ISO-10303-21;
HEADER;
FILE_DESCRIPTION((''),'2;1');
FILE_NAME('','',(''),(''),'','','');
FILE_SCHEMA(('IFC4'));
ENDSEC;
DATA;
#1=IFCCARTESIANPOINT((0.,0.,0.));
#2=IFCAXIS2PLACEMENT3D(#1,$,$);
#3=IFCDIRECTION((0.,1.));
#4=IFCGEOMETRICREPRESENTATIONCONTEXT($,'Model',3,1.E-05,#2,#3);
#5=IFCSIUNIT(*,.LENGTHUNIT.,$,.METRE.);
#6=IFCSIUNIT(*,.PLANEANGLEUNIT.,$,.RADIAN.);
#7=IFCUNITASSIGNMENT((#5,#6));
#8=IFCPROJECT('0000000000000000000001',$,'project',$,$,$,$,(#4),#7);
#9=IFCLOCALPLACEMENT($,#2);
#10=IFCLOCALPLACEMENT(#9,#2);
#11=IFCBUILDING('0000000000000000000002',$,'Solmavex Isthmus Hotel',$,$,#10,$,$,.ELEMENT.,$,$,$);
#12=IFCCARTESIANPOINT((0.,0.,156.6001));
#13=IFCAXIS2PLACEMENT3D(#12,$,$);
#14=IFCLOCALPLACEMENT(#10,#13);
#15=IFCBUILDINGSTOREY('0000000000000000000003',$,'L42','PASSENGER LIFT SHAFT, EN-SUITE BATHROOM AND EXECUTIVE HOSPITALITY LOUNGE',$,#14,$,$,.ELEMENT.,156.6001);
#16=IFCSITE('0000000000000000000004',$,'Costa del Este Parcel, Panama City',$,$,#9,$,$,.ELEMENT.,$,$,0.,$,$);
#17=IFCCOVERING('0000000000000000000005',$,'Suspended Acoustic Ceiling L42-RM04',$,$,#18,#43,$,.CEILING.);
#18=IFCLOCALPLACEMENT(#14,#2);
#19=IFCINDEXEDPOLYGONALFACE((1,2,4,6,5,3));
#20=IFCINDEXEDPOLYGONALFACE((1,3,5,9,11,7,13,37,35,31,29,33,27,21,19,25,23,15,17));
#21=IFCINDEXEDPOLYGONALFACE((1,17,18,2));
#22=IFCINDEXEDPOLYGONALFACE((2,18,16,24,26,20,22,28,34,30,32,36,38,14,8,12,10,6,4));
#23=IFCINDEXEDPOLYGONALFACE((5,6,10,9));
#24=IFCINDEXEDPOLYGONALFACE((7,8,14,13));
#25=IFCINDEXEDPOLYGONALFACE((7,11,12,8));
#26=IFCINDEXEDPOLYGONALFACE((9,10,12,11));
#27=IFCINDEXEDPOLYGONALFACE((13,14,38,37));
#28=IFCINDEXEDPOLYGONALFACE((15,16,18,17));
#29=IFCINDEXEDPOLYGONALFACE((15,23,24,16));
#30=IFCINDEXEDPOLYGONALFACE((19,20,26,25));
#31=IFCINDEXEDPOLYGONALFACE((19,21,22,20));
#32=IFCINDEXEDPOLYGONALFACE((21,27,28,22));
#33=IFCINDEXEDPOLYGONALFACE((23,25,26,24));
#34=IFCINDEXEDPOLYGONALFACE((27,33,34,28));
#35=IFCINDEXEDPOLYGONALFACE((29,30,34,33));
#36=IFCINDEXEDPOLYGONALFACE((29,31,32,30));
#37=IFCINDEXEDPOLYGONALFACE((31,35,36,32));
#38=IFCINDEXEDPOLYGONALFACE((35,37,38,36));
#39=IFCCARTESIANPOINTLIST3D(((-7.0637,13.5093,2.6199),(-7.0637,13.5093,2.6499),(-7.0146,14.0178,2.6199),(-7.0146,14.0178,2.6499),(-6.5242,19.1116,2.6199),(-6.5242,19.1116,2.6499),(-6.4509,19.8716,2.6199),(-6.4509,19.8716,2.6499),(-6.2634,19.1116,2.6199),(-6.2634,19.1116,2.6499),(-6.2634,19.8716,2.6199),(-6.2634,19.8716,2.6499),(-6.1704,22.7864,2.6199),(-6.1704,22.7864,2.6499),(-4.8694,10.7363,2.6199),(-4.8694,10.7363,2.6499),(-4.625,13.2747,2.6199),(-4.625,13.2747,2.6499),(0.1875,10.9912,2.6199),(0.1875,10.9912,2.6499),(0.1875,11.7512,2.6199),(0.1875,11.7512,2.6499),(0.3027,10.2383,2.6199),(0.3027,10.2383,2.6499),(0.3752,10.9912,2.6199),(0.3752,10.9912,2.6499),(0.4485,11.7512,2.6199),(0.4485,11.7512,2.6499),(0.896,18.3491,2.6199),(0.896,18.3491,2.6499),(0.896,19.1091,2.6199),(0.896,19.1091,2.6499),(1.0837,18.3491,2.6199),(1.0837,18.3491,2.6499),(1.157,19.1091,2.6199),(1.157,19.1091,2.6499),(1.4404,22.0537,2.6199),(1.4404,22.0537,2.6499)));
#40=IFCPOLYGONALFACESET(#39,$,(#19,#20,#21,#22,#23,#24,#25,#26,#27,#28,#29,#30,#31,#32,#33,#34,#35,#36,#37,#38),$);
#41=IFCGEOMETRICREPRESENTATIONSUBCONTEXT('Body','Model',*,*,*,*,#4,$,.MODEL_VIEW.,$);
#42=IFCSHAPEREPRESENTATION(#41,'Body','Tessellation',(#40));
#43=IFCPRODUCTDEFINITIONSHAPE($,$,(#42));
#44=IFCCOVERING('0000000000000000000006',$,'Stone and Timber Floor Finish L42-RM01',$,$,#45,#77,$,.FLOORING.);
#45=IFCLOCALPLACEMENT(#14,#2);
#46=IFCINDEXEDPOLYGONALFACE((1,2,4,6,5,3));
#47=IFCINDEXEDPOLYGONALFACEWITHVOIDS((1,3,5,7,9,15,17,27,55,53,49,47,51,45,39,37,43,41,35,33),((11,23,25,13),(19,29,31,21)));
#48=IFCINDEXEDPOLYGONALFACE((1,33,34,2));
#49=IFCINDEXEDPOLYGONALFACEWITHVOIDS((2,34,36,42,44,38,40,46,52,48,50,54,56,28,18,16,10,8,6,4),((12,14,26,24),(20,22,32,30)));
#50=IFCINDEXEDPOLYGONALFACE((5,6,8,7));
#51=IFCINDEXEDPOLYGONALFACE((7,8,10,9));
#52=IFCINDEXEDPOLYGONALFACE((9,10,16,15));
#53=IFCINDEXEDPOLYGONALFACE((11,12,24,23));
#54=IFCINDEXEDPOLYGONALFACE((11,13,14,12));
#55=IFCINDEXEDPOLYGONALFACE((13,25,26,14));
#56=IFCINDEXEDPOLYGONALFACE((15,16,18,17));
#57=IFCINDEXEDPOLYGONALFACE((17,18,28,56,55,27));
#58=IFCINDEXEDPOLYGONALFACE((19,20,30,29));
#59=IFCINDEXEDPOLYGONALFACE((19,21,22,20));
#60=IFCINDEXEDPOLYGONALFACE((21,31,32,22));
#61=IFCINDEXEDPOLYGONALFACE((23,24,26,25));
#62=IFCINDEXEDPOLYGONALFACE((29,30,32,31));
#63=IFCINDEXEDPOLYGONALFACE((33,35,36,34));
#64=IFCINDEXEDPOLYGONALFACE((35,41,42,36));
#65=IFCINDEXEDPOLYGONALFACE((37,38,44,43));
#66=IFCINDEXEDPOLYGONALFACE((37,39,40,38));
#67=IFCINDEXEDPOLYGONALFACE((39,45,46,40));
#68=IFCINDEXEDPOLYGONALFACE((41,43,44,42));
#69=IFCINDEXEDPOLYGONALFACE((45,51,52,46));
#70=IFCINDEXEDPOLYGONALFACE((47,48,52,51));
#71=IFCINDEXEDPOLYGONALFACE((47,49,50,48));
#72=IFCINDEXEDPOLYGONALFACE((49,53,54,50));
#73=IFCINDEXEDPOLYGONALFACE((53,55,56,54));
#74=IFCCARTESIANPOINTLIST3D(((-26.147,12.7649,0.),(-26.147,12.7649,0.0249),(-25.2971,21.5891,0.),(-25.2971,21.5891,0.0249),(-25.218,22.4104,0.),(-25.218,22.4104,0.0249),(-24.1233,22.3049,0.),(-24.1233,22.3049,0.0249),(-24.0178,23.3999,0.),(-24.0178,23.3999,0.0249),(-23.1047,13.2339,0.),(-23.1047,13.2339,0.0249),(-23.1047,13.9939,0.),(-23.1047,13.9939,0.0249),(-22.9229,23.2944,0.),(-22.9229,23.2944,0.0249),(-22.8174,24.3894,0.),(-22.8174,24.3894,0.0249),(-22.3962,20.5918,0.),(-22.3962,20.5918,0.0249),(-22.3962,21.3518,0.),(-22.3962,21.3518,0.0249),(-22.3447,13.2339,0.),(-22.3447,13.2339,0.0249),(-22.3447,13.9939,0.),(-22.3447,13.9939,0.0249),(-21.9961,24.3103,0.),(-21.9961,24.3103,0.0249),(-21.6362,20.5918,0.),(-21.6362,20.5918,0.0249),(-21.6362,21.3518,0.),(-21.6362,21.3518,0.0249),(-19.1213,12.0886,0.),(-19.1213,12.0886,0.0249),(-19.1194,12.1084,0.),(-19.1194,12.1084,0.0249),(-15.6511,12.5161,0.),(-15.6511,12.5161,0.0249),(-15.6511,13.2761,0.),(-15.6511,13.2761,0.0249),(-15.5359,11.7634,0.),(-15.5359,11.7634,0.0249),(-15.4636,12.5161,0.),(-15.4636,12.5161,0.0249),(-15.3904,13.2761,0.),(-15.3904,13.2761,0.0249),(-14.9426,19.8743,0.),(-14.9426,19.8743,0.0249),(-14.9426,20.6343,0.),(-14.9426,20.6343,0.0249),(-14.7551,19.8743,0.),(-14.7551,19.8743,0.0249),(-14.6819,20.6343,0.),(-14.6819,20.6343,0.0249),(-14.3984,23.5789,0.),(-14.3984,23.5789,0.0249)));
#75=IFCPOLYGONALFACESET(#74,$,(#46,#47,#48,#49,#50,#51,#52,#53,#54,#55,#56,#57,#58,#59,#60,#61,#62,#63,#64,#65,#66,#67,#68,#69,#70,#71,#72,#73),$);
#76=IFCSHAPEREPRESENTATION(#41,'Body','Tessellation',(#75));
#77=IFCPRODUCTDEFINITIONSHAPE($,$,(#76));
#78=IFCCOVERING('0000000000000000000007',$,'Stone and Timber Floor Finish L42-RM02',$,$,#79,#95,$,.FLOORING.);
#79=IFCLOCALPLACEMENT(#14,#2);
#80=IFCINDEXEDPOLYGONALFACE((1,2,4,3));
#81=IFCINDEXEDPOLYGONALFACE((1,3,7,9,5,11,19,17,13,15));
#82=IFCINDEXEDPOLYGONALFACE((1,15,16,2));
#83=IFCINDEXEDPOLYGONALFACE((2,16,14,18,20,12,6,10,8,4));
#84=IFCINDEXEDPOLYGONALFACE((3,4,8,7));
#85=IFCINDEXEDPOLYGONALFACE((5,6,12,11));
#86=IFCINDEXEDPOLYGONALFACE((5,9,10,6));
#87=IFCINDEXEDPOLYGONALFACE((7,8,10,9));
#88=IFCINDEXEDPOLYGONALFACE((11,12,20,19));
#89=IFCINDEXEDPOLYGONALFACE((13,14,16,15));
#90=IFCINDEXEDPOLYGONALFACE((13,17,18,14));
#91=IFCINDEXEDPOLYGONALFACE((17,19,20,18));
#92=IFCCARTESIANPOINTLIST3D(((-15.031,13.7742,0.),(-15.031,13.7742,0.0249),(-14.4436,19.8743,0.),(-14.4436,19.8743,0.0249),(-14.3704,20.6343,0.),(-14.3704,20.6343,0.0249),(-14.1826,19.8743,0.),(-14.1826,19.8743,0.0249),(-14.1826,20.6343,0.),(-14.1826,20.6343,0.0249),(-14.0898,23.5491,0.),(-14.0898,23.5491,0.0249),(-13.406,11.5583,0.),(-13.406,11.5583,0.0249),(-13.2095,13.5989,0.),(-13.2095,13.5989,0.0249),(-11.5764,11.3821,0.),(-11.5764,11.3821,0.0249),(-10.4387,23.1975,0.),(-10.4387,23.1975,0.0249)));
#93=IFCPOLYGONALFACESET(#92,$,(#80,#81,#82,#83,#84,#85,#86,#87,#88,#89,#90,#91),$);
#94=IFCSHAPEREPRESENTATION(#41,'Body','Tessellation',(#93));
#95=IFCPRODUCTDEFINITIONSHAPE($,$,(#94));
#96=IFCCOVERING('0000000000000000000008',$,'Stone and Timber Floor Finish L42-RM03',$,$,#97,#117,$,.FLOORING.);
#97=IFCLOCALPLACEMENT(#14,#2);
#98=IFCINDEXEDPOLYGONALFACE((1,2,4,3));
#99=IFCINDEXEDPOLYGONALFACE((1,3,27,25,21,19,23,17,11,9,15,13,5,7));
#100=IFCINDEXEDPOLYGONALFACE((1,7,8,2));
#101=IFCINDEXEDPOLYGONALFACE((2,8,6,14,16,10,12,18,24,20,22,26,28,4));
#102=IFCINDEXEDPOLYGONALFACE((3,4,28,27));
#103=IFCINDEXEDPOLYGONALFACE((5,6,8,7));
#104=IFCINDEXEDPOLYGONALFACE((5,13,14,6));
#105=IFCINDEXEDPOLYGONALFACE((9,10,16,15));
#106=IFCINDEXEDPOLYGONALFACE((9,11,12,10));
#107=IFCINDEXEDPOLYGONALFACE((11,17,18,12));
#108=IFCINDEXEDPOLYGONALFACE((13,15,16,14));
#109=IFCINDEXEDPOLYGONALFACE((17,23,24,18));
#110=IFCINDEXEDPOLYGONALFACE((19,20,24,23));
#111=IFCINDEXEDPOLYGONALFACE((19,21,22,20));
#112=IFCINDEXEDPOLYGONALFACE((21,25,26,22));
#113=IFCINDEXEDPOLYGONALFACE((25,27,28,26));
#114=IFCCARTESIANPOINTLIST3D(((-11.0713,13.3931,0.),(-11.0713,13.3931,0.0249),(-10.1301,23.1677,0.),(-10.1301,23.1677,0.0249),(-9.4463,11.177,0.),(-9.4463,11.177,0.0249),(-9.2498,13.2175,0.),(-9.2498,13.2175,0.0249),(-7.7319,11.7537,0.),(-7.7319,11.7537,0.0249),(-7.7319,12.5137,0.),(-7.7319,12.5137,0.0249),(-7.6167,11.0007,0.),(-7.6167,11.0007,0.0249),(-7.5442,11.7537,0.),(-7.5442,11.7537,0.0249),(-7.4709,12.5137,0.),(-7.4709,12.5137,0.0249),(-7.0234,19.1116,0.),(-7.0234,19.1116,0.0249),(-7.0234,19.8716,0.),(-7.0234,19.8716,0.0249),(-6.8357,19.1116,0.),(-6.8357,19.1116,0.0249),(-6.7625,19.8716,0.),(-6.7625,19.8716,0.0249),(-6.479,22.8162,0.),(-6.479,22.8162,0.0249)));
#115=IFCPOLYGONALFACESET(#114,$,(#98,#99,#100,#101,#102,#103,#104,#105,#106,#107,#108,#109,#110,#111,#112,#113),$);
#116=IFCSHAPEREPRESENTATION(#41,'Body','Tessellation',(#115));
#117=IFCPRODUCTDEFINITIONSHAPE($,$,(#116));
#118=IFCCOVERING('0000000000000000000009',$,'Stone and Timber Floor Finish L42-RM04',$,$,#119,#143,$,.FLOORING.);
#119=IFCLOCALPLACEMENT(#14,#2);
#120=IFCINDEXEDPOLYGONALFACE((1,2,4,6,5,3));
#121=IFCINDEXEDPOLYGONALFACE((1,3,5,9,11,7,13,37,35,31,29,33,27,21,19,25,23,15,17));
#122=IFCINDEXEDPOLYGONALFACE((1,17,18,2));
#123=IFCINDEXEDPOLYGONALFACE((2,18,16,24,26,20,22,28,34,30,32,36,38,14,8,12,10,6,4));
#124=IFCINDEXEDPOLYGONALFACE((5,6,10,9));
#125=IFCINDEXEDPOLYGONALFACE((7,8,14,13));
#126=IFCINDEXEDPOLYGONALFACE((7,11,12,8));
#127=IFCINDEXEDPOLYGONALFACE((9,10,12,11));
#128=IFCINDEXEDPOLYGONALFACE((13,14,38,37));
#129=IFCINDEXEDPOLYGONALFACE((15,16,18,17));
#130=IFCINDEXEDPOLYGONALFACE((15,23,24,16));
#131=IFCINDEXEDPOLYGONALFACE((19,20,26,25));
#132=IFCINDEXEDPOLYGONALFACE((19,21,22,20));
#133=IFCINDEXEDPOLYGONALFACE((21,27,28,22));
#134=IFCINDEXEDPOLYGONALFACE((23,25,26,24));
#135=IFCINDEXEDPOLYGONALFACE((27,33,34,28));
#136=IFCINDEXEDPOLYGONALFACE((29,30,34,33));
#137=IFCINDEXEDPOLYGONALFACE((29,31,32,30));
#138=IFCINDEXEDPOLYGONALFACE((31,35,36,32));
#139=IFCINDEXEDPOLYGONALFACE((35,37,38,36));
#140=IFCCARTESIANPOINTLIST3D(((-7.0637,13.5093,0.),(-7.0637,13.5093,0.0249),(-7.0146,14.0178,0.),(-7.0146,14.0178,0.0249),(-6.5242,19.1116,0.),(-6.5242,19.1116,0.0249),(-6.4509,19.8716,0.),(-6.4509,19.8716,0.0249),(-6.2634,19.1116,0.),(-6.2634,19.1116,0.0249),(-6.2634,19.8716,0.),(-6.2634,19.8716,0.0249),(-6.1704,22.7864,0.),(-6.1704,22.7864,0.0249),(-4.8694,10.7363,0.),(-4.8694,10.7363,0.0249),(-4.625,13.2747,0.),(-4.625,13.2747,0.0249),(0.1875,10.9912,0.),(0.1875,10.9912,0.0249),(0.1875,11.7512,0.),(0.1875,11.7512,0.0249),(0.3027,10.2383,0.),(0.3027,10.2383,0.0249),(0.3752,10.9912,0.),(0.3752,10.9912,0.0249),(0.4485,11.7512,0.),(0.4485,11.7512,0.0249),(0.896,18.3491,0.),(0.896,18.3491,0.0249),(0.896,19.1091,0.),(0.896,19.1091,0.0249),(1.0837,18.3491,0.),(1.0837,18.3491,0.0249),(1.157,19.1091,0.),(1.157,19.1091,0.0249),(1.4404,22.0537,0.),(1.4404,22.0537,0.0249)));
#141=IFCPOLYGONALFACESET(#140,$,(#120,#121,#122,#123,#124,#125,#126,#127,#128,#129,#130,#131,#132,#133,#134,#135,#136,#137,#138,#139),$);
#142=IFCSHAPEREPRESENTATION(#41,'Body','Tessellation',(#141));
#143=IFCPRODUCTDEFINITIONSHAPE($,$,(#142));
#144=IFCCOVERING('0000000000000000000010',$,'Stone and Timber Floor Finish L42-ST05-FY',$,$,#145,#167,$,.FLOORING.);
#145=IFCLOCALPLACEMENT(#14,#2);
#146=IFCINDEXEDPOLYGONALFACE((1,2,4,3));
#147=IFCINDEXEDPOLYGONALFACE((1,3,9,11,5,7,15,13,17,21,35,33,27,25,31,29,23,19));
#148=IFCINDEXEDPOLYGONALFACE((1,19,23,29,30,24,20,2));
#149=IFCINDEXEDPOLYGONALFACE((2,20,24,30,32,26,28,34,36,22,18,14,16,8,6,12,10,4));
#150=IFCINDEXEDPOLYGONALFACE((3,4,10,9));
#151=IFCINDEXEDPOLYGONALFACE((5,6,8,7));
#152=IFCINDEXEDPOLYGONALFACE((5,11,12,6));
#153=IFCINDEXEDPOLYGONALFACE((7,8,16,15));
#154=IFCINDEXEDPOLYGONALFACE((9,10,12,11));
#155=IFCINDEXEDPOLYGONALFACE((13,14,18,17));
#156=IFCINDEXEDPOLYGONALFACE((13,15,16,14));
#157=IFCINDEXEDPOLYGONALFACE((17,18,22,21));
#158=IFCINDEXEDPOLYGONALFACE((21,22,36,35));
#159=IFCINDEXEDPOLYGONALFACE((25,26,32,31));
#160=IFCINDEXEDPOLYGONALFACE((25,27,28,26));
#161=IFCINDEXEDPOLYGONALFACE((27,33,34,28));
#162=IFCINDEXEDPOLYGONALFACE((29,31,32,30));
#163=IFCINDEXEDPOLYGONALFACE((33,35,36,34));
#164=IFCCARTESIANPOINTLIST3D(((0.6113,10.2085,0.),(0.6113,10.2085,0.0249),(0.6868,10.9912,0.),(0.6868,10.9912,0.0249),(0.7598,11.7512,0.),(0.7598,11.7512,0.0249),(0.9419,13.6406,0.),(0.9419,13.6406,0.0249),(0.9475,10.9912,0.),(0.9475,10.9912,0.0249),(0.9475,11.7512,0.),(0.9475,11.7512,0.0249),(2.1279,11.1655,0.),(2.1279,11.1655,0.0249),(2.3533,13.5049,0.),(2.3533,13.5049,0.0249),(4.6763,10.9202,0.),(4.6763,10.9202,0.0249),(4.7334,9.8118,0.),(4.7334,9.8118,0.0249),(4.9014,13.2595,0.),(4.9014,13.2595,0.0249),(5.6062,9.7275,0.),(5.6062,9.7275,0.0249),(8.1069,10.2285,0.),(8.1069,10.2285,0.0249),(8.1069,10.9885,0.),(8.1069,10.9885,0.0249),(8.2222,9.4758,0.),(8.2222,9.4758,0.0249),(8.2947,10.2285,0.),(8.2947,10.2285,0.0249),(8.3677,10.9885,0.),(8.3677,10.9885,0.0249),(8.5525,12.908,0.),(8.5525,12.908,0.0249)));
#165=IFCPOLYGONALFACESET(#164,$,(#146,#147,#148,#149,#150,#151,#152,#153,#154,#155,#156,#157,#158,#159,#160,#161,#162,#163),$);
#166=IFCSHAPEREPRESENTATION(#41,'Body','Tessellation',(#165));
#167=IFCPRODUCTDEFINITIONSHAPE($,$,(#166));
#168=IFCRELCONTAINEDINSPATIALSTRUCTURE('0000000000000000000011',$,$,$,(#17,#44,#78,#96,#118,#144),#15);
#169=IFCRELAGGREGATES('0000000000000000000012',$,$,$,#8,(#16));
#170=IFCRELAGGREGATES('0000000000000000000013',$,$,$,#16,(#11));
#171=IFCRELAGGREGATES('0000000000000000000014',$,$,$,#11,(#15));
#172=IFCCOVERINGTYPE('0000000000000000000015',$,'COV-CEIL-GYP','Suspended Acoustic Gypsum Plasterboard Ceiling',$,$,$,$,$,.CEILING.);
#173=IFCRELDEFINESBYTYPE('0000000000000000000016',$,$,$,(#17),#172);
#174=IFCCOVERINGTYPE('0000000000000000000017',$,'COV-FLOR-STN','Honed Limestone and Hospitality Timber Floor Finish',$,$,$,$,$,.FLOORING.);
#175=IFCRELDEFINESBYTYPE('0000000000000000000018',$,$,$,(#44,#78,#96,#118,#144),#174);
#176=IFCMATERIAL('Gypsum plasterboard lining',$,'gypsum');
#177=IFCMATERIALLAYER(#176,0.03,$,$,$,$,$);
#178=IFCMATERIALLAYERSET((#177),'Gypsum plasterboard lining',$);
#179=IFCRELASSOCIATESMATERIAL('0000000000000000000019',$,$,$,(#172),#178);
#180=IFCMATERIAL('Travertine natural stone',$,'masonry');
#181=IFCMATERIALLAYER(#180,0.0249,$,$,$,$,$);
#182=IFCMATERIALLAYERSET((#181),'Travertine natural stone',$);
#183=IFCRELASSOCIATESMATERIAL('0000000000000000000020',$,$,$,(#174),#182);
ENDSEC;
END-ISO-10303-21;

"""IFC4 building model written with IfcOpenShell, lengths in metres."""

from ifc_helpers import new_model, si_unit, direction, frame, origin, place, context, subcontext, project, spatial, polyline, outline, extrude, material, layer, layer_set, type_object, element, save


model = new_model("IFC4")

# Units and contexts
model_context = context("Model", 3, precision=1e-05, world=origin(), true_north=direction((0.0, 1.0)))
body_context = subcontext(model_context, "Body", "Model", "MODEL_VIEW")
ifc_project = project(units=[si_unit("LENGTHUNIT", "METRE"), si_unit("PLANEANGLEUNIT", "RADIAN")], contexts=[model_context])

# Site, building, storey
site_placement = place(None, origin())
site = spatial("IfcSite", under=ifc_project, at=site_placement, Name="Costa del Este Parcel, Panama City", CompositionType="ELEMENT", RefElevation=0.0)
building_placement = place(site_placement, origin())
building = spatial("IfcBuilding", under=site, at=building_placement, Name="Solmavex Isthmus Hotel", CompositionType="ELEMENT")
storey_placement = place(building_placement, frame((0.0, 0.0, 156.6001)))
storey = spatial("IfcBuildingStorey", under=building, at=storey_placement, Name="L42", Description="PASSENGER LIFT SHAFT, EN-SUITE BATHROOM AND EXECUTIVE HOSPITALITY LOUNGE", CompositionType="ELEMENT", Elevation=156.6001)

# Shared definitions
ifc_material_1 = material(Name="Gypsum plasterboard lining", Category="gypsum")

# Coverings
ifc_layer_1 = layer(ifc_material_1, 0.03)
ifc_layer_set_1 = layer_set([ifc_layer_1], Name="Gypsum plasterboard lining")
covering_type_1 = type_object("IfcCoveringType", Name="COV-CEIL-GYP", Description="Suspended Acoustic Gypsum Plasterboard Ceiling", PredefinedType="CEILING", material=ifc_layer_set_1)
covering_1_placement = place(storey_placement, frame((0.0, 0.0, 2.6199)))
element("IfcCovering", 1, at=covering_1_placement, inside=storey, type_object=covering_type_1, Name="Suspended Acoustic Ceiling L42-RM04", PredefinedType="CEILING", context=body_context, shape_type="SweptSolid", body=[
    extrude(outline(polyline([(-6.4509, 19.8716), (-6.2634, 19.8716), (-6.2634, 19.1116), (-6.5242, 19.1116), (-7.0146, 14.0178), (-7.0637, 13.5093), (-4.625, 13.2747), (-4.8694, 10.7363), (0.3027, 10.2383), (0.3752, 10.9912), (0.1875, 10.9912), (0.1875, 11.7512), (0.4485, 11.7512), (1.0837, 18.3491), (0.896, 18.3491), (0.896, 19.1091), (1.157, 19.1091), (1.4404, 22.0537), (-6.1704, 22.7864), (-6.4509, 19.8716)])), origin(), (0.0, 0.0, 1.0), 0.03),
])
ifc_material_2 = material(Name="Travertine natural stone", Category="masonry")
ifc_layer_2 = layer(ifc_material_2, 0.0249)
ifc_layer_set_2 = layer_set([ifc_layer_2], Name="Travertine natural stone")
covering_type_2 = type_object("IfcCoveringType", Name="COV-FLOR-STN", Description="Honed Limestone and Hospitality Timber Floor Finish", PredefinedType="FLOORING", material=ifc_layer_set_2)
covering_2_placement = place(storey_placement, origin())
element("IfcCovering", 2, at=covering_2_placement, inside=storey, type_object=covering_type_2, Name="Stone and Timber Floor Finish L42-RM01", PredefinedType="FLOORING", context=body_context, shape_type="SweptSolid", body=[
    extrude(outline(polyline([(-19.1213, 12.0886), (-19.1194, 12.1084), (-15.5359, 11.7634), (-15.4636, 12.5161), (-15.6511, 12.5161), (-15.6511, 13.2761), (-15.3904, 13.2761), (-14.7551, 19.8743), (-14.9426, 19.8743), (-14.9426, 20.6343), (-14.6819, 20.6343), (-14.3984, 23.5789), (-21.9961, 24.3103), (-22.8174, 24.3894), (-22.9229, 23.2944), (-24.0178, 23.3999), (-24.1233, 22.3049), (-25.218, 22.4104), (-25.2971, 21.5891), (-26.147, 12.7649), (-19.1213, 12.0886)]), holes=[polyline([(-22.3962, 20.5918), (-22.3962, 21.3518), (-21.6362, 21.3518), (-21.6362, 20.5918), (-22.3962, 20.5918)]), polyline([(-23.1047, 13.2339), (-23.1047, 13.9939), (-22.3447, 13.9939), (-22.3447, 13.2339), (-23.1047, 13.2339)])]), origin(), (0.0, 0.0, 1.0), 0.0249),
])
covering_3_placement = place(storey_placement, origin())
element("IfcCovering", 3, at=covering_3_placement, inside=storey, type_object=covering_type_2, Name="Stone and Timber Floor Finish L42-RM02", PredefinedType="FLOORING", context=body_context, shape_type="SweptSolid", body=[
    extrude(outline(polyline([(-14.3704, 20.6343), (-14.1826, 20.6343), (-14.1826, 19.8743), (-14.4436, 19.8743), (-15.031, 13.7742), (-13.2095, 13.5989), (-13.406, 11.5583), (-11.5764, 11.3821), (-10.4387, 23.1975), (-14.0898, 23.5491), (-14.3704, 20.6343)])), origin(), (0.0, 0.0, 1.0), 0.0249),
])
covering_4_placement = place(storey_placement, origin())
element("IfcCovering", 4, at=covering_4_placement, inside=storey, type_object=covering_type_2, Name="Stone and Timber Floor Finish L42-RM03", PredefinedType="FLOORING", context=body_context, shape_type="SweptSolid", body=[
    extrude(outline(polyline([(-6.8357, 19.1116), (-7.0234, 19.1116), (-7.0234, 19.8716), (-6.7625, 19.8716), (-6.479, 22.8162), (-10.1301, 23.1677), (-11.0713, 13.3931), (-9.2498, 13.2175), (-9.4463, 11.177), (-7.6167, 11.0007), (-7.5442, 11.7537), (-7.7319, 11.7537), (-7.7319, 12.5137), (-7.4709, 12.5137), (-6.8357, 19.1116)])), origin(), (0.0, 0.0, 1.0), 0.0249),
])
covering_5_placement = place(storey_placement, origin())
element("IfcCovering", 5, at=covering_5_placement, inside=storey, type_object=covering_type_2, Name="Stone and Timber Floor Finish L42-RM04", PredefinedType="FLOORING", context=body_context, shape_type="SweptSolid", body=[
    extrude(outline(polyline([(-6.4509, 19.8716), (-6.2634, 19.8716), (-6.2634, 19.1116), (-6.5242, 19.1116), (-7.0146, 14.0178), (-7.0637, 13.5093), (-4.625, 13.2747), (-4.8694, 10.7363), (0.3027, 10.2383), (0.3752, 10.9912), (0.1875, 10.9912), (0.1875, 11.7512), (0.4485, 11.7512), (1.0837, 18.3491), (0.896, 18.3491), (0.896, 19.1091), (1.157, 19.1091), (1.4404, 22.0537), (-6.1704, 22.7864), (-6.4509, 19.8716)])), origin(), (0.0, 0.0, 1.0), 0.0249),
])
covering_6_placement = place(storey_placement, origin())
element("IfcCovering", 6, at=covering_6_placement, inside=storey, type_object=covering_type_2, Name="Stone and Timber Floor Finish L42-ST05-FY", PredefinedType="FLOORING", context=body_context, shape_type="SweptSolid", body=[
    extrude(outline(polyline([(4.9014, 13.2595), (4.6763, 10.9202), (2.1279, 11.1655), (2.3533, 13.5049), (0.9419, 13.6406), (0.7598, 11.7512), (0.9475, 11.7512), (0.9475, 10.9912), (0.6868, 10.9912), (0.6113, 10.2085), (4.7334, 9.8118), (5.6062, 9.7275), (8.2222, 9.4758), (8.2947, 10.2285), (8.1069, 10.2285), (8.1069, 10.9885), (8.3677, 10.9885), (8.5525, 12.908), (4.9014, 13.2595)])), origin(), (0.0, 0.0, 1.0), 0.0249),
])

save(model, "model.ifc")
